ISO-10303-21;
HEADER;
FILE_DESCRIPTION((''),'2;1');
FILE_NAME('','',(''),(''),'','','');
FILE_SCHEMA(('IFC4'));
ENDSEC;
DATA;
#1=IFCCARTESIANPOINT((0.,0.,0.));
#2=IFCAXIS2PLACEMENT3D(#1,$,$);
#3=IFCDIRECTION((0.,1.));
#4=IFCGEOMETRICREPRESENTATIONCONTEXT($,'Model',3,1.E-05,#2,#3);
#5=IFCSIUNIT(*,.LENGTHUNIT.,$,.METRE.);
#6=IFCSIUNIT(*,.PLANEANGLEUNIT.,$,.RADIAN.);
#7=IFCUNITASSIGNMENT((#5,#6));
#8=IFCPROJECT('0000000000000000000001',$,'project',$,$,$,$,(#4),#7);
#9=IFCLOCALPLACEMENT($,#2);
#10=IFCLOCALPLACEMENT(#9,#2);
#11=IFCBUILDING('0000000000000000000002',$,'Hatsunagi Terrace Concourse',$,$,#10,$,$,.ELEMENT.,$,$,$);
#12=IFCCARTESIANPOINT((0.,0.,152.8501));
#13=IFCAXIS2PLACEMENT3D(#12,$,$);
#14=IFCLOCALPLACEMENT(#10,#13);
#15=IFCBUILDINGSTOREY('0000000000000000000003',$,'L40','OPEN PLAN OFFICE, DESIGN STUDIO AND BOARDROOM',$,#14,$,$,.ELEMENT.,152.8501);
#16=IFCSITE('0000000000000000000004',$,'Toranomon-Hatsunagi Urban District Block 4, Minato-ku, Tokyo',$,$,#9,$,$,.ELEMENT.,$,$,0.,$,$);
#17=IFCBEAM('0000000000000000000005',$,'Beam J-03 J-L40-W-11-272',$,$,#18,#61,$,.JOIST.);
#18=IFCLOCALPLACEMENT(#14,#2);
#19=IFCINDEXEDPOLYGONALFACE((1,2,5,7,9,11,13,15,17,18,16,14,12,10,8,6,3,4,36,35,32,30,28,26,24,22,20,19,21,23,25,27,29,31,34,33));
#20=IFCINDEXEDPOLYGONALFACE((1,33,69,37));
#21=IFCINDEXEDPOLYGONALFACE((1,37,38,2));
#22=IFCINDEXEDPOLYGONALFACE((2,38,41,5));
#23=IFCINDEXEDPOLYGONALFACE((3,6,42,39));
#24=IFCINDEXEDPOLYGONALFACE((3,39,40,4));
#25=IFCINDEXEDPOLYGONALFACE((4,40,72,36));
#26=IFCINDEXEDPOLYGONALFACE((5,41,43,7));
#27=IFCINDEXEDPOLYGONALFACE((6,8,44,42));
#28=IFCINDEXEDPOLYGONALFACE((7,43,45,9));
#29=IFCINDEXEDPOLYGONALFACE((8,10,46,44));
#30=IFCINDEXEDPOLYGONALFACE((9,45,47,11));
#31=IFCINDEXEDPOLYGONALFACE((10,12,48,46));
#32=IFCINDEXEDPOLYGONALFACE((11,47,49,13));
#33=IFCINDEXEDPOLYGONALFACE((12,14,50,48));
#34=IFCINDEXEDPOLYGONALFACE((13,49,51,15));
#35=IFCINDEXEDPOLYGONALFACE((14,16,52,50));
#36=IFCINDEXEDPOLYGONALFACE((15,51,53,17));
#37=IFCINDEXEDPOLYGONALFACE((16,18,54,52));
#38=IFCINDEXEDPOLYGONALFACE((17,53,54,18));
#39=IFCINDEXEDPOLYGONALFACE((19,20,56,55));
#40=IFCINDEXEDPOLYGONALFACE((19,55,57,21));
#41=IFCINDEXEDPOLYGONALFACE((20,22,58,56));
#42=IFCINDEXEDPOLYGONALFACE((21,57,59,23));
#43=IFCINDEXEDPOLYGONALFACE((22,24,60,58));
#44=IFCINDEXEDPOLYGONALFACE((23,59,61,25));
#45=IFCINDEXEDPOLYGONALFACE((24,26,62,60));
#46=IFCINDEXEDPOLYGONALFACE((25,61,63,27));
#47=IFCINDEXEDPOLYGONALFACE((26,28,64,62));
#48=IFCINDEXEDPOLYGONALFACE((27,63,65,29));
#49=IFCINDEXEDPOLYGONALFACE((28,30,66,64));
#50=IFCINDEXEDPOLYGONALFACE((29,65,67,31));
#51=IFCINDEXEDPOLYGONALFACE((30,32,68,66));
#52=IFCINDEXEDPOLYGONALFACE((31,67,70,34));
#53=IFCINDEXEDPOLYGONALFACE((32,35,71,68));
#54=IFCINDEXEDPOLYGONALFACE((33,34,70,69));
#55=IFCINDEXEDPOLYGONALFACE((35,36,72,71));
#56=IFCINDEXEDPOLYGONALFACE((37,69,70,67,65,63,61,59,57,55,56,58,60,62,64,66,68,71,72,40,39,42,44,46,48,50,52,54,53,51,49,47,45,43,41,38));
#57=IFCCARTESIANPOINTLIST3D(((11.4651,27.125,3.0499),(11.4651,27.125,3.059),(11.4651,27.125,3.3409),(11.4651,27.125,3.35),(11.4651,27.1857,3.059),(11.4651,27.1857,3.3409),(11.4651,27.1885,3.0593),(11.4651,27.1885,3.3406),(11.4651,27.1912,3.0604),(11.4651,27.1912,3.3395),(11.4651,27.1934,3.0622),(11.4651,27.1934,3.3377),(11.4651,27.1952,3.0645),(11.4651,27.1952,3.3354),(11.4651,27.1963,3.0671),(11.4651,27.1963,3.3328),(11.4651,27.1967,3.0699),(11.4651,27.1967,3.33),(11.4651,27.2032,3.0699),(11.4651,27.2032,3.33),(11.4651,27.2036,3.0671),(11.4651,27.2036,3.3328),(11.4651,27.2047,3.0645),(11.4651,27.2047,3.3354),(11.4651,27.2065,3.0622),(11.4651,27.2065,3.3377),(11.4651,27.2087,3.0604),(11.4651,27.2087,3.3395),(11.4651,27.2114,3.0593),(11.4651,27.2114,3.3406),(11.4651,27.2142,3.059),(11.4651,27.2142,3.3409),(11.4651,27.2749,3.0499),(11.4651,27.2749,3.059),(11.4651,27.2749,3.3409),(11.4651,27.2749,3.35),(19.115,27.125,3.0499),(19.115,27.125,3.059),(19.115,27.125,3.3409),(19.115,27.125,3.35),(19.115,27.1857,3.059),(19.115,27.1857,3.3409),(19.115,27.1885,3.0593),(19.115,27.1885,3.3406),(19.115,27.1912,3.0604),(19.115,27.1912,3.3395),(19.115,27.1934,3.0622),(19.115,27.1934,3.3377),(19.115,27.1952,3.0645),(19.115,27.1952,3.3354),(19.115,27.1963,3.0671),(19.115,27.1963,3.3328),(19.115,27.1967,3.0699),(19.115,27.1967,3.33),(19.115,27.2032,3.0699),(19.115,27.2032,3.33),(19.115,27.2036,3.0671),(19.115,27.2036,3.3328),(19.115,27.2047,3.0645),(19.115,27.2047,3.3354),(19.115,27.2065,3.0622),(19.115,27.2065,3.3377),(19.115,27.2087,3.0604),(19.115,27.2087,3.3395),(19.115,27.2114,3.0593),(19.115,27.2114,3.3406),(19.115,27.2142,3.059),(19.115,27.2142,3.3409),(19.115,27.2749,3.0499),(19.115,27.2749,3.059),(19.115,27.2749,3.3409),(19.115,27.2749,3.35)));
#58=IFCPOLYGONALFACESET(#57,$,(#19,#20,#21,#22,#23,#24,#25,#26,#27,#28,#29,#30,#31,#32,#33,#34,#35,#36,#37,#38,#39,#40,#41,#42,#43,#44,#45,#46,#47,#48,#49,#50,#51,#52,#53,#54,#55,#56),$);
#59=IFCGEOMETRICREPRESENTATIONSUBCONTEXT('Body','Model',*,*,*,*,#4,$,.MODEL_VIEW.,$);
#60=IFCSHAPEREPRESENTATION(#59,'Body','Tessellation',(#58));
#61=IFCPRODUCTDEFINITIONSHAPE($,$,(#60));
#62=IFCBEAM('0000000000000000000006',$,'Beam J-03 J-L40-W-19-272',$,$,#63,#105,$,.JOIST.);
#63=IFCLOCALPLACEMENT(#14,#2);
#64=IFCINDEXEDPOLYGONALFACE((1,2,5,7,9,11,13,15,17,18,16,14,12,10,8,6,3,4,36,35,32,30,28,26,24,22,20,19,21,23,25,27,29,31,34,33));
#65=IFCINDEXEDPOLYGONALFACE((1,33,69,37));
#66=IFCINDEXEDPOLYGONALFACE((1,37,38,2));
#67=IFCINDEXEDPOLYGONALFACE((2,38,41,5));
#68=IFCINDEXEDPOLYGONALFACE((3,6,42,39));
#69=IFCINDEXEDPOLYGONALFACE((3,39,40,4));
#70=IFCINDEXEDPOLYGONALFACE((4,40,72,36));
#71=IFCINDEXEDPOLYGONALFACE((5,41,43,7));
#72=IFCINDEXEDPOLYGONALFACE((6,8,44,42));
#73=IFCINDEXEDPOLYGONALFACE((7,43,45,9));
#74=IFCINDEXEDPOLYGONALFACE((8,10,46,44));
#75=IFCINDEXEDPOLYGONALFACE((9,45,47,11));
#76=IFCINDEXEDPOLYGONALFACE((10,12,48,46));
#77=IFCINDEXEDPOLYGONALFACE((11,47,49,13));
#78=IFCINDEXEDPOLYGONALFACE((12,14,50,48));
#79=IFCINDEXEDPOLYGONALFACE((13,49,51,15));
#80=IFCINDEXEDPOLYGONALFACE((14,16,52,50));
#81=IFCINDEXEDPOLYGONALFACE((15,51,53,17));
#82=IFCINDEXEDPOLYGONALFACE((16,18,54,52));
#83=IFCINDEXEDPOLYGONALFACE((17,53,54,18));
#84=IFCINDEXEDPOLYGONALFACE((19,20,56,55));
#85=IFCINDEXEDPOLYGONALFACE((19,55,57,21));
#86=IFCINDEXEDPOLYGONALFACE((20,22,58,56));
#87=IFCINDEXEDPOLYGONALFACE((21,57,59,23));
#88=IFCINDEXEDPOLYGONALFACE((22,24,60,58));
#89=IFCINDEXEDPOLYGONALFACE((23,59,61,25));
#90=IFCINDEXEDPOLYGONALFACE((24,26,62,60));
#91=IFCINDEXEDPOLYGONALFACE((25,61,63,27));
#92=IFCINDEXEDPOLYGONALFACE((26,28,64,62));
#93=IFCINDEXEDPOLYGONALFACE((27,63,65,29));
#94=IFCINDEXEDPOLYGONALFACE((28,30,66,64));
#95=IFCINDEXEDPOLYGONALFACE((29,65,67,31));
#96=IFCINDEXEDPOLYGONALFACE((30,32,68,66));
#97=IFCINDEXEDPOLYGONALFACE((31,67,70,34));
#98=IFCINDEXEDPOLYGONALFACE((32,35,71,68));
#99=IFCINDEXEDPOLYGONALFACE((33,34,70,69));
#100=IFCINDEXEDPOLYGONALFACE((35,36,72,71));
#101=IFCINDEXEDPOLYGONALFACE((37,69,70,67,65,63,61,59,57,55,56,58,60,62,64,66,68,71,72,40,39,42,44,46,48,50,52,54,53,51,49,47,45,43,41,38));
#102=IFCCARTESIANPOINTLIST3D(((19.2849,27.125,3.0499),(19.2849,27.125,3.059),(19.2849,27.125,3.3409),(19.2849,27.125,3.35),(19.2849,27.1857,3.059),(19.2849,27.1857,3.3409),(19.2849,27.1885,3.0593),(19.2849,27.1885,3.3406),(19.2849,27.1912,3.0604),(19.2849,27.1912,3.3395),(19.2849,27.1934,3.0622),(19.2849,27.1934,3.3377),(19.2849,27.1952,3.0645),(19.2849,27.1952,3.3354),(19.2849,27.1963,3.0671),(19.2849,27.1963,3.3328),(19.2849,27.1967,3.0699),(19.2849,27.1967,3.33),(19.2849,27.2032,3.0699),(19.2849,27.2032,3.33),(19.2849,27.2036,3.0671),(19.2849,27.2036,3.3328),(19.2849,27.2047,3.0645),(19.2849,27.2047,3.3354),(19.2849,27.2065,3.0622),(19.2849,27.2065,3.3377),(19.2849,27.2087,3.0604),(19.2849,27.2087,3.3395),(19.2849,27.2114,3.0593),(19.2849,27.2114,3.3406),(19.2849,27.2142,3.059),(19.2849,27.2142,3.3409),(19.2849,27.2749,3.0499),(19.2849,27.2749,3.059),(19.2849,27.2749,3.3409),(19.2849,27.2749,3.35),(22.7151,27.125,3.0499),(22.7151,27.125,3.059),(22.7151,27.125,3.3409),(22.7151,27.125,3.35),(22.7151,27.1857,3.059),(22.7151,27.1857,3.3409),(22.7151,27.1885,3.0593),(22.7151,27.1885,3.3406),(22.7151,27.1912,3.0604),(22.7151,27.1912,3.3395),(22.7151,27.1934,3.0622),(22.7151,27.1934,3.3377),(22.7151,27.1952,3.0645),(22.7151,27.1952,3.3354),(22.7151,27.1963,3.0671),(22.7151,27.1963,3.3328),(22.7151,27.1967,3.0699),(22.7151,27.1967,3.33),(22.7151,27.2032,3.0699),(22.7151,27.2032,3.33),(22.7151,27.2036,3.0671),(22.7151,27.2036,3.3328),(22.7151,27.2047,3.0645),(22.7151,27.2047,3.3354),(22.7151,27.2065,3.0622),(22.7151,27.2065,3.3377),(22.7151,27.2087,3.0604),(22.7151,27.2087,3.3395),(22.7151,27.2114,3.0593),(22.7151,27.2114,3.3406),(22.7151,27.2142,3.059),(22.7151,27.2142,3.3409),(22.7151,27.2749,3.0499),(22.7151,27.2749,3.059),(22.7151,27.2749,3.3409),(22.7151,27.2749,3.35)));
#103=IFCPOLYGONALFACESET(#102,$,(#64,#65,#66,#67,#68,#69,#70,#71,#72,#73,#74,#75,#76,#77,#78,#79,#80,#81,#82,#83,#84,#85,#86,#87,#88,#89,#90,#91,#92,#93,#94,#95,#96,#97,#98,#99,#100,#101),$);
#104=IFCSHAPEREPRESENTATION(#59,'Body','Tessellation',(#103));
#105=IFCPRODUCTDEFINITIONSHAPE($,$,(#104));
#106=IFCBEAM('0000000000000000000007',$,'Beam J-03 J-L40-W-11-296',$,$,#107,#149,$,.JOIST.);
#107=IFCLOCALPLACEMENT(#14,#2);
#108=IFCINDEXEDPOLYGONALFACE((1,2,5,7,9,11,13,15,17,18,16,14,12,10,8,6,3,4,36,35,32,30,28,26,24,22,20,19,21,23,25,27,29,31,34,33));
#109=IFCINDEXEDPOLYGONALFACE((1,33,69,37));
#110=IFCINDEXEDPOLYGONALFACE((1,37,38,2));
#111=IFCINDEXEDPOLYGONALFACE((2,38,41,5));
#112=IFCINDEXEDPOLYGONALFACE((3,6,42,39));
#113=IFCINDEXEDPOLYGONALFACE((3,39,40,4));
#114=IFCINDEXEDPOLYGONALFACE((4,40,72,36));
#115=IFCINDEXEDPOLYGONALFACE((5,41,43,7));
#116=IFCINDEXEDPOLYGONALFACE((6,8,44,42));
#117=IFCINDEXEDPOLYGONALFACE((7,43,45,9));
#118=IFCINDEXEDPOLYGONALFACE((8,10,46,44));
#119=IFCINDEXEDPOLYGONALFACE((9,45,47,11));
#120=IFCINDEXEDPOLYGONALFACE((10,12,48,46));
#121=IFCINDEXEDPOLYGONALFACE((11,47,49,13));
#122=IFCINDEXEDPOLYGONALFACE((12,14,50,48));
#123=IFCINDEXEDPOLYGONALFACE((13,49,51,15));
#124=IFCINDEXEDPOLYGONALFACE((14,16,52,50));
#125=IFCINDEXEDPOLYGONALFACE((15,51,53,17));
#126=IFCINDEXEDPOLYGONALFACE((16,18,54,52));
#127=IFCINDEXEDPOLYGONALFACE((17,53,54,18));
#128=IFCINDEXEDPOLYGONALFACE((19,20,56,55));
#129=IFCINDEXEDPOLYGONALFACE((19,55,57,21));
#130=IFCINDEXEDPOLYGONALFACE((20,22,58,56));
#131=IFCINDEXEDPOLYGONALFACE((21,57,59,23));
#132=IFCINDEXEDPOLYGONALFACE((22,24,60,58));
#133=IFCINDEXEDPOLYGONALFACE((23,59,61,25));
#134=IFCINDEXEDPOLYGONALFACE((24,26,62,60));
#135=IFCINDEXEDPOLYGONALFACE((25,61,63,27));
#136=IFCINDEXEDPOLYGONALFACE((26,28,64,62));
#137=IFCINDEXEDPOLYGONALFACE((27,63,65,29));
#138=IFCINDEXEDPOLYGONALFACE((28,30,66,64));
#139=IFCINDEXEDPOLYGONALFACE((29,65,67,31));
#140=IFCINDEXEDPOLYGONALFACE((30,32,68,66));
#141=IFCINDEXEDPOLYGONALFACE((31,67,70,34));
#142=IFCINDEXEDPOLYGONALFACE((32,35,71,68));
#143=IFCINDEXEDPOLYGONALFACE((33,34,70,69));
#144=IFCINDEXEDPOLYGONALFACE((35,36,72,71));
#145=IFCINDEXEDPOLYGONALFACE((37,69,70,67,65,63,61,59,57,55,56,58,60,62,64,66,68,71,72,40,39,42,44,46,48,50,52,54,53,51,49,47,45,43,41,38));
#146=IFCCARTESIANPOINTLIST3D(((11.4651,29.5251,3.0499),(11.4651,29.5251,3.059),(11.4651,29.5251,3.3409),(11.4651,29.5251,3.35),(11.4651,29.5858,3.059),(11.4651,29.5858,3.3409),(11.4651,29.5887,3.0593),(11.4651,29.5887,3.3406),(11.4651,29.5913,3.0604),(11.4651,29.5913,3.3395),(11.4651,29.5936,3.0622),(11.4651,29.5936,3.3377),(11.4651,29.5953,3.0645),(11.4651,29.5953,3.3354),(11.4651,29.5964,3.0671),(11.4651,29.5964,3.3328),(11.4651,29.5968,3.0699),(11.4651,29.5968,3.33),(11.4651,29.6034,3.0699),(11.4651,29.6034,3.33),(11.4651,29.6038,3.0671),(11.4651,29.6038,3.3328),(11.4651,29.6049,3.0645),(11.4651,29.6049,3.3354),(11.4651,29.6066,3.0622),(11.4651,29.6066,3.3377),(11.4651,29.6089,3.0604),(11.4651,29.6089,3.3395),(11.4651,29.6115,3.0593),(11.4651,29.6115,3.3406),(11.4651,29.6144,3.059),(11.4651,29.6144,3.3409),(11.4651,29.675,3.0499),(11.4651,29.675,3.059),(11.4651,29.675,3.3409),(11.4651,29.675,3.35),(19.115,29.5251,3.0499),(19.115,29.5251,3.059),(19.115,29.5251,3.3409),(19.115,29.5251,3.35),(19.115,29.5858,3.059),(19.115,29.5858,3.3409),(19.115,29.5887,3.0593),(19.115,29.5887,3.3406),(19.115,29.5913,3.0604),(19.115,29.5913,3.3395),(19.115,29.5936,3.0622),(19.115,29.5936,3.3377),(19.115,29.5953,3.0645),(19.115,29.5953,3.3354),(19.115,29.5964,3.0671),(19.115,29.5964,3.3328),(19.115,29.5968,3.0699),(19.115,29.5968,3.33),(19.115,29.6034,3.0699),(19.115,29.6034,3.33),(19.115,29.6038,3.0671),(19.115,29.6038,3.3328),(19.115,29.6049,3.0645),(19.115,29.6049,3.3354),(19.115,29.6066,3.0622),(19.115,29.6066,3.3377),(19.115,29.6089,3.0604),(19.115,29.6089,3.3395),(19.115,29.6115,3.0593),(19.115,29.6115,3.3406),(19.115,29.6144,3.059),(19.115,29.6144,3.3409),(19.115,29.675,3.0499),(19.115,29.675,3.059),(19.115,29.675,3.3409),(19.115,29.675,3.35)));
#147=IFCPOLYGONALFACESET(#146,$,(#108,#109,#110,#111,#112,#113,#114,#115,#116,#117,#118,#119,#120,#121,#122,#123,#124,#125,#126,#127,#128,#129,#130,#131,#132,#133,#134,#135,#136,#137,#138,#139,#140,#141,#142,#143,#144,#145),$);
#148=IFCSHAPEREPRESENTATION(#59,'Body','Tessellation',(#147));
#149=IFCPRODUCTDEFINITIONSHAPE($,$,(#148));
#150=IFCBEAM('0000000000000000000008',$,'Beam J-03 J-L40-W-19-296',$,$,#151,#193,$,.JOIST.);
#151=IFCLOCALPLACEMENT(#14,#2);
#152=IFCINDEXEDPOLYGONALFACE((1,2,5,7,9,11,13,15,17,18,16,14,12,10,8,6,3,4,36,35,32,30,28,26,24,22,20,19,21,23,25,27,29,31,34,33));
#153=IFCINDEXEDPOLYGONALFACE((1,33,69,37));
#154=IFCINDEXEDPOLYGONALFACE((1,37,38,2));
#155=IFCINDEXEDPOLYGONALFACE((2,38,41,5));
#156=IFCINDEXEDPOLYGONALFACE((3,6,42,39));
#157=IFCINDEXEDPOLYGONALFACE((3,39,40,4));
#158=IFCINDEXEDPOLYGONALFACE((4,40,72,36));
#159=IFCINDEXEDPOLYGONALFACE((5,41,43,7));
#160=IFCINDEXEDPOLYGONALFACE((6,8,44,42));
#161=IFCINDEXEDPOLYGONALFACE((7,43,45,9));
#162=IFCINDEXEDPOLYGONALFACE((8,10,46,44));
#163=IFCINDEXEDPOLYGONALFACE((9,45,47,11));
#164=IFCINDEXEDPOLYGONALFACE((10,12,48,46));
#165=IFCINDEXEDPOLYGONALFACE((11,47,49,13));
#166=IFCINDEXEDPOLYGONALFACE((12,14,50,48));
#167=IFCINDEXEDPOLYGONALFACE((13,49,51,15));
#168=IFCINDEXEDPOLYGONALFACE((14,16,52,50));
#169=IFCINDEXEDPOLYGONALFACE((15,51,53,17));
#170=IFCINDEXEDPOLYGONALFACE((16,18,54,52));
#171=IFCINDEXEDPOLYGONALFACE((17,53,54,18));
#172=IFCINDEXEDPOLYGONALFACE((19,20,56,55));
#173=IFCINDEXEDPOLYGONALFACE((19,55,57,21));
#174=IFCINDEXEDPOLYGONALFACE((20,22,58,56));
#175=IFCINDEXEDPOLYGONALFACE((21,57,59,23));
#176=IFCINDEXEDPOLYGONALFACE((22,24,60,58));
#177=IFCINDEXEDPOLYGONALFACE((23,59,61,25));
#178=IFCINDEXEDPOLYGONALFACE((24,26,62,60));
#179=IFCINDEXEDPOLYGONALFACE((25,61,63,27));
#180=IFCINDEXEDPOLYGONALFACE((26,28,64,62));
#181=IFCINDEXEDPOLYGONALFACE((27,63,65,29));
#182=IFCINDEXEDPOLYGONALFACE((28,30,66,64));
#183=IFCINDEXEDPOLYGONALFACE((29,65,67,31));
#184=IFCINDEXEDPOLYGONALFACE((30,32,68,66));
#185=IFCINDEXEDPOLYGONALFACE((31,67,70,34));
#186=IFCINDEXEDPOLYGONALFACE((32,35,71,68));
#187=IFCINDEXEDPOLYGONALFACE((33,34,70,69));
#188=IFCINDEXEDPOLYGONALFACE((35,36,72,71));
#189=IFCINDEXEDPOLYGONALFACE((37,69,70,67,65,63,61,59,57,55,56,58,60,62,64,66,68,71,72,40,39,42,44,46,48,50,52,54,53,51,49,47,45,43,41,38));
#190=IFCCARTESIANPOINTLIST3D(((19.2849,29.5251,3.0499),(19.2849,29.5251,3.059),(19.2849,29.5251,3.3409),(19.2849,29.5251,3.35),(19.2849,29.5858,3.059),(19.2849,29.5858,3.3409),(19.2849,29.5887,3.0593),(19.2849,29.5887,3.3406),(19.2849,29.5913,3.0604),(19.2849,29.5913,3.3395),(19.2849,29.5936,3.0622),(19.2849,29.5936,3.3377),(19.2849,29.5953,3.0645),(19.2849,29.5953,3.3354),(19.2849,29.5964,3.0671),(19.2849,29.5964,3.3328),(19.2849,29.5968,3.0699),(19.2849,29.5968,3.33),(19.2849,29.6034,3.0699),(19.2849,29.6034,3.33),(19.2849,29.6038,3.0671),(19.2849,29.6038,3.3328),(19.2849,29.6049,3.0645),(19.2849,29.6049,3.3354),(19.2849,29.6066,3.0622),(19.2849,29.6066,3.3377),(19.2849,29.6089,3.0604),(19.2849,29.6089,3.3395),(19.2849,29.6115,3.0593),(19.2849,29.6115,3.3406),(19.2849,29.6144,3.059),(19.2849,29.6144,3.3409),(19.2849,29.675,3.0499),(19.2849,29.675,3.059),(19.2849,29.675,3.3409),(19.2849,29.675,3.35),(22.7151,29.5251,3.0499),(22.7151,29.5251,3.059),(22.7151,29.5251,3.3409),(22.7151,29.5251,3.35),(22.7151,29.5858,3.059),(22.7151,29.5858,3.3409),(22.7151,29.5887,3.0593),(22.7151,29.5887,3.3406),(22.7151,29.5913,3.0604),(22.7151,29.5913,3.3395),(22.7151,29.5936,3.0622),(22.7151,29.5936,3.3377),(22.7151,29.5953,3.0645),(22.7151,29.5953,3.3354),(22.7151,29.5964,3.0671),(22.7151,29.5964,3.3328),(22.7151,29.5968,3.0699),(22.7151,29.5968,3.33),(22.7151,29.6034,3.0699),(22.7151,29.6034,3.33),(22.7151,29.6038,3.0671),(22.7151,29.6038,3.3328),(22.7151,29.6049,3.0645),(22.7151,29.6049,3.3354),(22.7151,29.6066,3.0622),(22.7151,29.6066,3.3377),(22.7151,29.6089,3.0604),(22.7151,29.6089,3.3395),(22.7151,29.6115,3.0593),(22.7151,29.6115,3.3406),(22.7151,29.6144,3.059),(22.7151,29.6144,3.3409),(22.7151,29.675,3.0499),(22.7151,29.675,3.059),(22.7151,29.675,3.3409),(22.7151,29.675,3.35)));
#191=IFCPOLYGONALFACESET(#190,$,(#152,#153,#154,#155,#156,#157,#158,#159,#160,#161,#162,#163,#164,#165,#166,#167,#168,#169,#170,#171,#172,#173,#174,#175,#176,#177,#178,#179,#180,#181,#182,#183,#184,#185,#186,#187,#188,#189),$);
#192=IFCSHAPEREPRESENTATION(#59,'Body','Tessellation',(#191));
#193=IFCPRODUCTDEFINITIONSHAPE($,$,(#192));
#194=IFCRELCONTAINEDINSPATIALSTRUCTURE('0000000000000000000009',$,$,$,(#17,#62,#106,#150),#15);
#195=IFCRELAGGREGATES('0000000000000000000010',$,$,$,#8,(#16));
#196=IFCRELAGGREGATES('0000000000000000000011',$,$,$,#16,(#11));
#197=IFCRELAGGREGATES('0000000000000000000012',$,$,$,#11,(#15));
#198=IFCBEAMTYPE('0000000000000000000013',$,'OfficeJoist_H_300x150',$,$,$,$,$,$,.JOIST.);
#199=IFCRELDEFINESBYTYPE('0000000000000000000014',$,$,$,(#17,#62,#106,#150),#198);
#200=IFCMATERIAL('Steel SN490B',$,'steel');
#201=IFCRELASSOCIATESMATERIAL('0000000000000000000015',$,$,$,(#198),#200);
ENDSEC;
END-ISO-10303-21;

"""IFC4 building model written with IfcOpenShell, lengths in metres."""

from ifc_helpers import new_model, si_unit, direction, frame, origin, origin_2d, place, context, subcontext, project, spatial, i_section, extrude, material, material_profile, profile_set, type_object, element, save


model = new_model("IFC4")

# Units and contexts
model_context = context("Model", 3, precision=1e-05, world=origin(), true_north=direction((0.0, 1.0)))
body_context = subcontext(model_context, "Body", "Model", "MODEL_VIEW")
ifc_project = project(units=[si_unit("LENGTHUNIT", "METRE"), si_unit("PLANEANGLEUNIT", "RADIAN")], contexts=[model_context])

# Site, building, storey
site_placement = place(None, origin())
site = spatial("IfcSite", under=ifc_project, at=site_placement, Name="Toranomon-Hatsunagi Urban District Block 4, Minato-ku, Tokyo", CompositionType="ELEMENT", RefElevation=0.0)
building_placement = place(site_placement, origin())
building = spatial("IfcBuilding", under=site, at=building_placement, Name="Hatsunagi Terrace Concourse", CompositionType="ELEMENT")
storey_placement = place(building_placement, frame((0.0, 0.0, 152.8501)))
storey = spatial("IfcBuildingStorey", under=building, at=storey_placement, Name="L40", Description="OPEN PLAN OFFICE, DESIGN STUDIO AND BOARDROOM", CompositionType="ELEMENT", Elevation=152.8501)

# Beams
ifc_material_1 = material(Name="Steel SN490B", Category="steel")
ifc_material_profile_1 = material_profile(ifc_material_1, i_section(OverallWidth=0.1499, OverallDepth=0.3, WebThickness=0.0066, FlangeThickness=0.009, FilletRadius=0.011, at=origin_2d()), Name="H-300x150x6.5x9")
ifc_profile_set_1 = profile_set([ifc_material_profile_1], Name="Steel SN490B")
beam_type_1 = type_object("IfcBeamType", Name="OfficeJoist_H_300x150", PredefinedType="JOIST", material=ifc_profile_set_1)
beam_1_placement = place(storey_placement, frame((11.4651, 27.2, 3.2), z_axis=(1.0, 0.0, 0.0), x_axis=(0.0, 1.0, 0.0)))
element("IfcBeam", 1, at=beam_1_placement, inside=storey, type_object=beam_type_1, Name="Beam J-03 J-L40-W-11-272", PredefinedType="JOIST", context=body_context, shape_type="SweptSolid", body=[
    extrude(i_section(OverallWidth=0.1499, OverallDepth=0.3, WebThickness=0.0066, FlangeThickness=0.009, FilletRadius=0.011, at=origin_2d()), origin(), (0.0, 0.0, 1.0), 7.6499),
])
beam_2_placement = place(storey_placement, frame((19.2849, 27.2, 3.2), z_axis=(1.0, 0.0, 0.0), x_axis=(0.0, 1.0, 0.0)))
element("IfcBeam", 2, at=beam_2_placement, inside=storey, type_object=beam_type_1, Name="Beam J-03 J-L40-W-19-272", PredefinedType="JOIST", context=body_context, shape_type="SweptSolid", body=[
    extrude(i_section(OverallWidth=0.1499, OverallDepth=0.3, WebThickness=0.0066, FlangeThickness=0.009, FilletRadius=0.011, at=origin_2d()), origin(), (0.0, 0.0, 1.0), 3.4302),
])
beam_3_placement = place(storey_placement, frame((11.4651, 29.6001, 3.2), z_axis=(1.0, 0.0, 0.0), x_axis=(0.0, 1.0, 0.0)))
element("IfcBeam", 3, at=beam_3_placement, inside=storey, type_object=beam_type_1, Name="Beam J-03 J-L40-W-11-296", PredefinedType="JOIST", context=body_context, shape_type="SweptSolid", body=[
    extrude(i_section(OverallWidth=0.1499, OverallDepth=0.3, WebThickness=0.0066, FlangeThickness=0.009, FilletRadius=0.011, at=origin_2d()), origin(), (0.0, 0.0, 1.0), 7.6499),
])
beam_4_placement = place(storey_placement, frame((19.2849, 29.6001, 3.2), z_axis=(1.0, 0.0, 0.0), x_axis=(0.0, 1.0, 0.0)))
element("IfcBeam", 4, at=beam_4_placement, inside=storey, type_object=beam_type_1, Name="Beam J-03 J-L40-W-19-296", PredefinedType="JOIST", context=body_context, shape_type="SweptSolid", body=[
    extrude(i_section(OverallWidth=0.1499, OverallDepth=0.3, WebThickness=0.0066, FlangeThickness=0.009, FilletRadius=0.011, at=origin_2d()), origin(), (0.0, 0.0, 1.0), 3.4302),
])

save(model, "model.ifc")
